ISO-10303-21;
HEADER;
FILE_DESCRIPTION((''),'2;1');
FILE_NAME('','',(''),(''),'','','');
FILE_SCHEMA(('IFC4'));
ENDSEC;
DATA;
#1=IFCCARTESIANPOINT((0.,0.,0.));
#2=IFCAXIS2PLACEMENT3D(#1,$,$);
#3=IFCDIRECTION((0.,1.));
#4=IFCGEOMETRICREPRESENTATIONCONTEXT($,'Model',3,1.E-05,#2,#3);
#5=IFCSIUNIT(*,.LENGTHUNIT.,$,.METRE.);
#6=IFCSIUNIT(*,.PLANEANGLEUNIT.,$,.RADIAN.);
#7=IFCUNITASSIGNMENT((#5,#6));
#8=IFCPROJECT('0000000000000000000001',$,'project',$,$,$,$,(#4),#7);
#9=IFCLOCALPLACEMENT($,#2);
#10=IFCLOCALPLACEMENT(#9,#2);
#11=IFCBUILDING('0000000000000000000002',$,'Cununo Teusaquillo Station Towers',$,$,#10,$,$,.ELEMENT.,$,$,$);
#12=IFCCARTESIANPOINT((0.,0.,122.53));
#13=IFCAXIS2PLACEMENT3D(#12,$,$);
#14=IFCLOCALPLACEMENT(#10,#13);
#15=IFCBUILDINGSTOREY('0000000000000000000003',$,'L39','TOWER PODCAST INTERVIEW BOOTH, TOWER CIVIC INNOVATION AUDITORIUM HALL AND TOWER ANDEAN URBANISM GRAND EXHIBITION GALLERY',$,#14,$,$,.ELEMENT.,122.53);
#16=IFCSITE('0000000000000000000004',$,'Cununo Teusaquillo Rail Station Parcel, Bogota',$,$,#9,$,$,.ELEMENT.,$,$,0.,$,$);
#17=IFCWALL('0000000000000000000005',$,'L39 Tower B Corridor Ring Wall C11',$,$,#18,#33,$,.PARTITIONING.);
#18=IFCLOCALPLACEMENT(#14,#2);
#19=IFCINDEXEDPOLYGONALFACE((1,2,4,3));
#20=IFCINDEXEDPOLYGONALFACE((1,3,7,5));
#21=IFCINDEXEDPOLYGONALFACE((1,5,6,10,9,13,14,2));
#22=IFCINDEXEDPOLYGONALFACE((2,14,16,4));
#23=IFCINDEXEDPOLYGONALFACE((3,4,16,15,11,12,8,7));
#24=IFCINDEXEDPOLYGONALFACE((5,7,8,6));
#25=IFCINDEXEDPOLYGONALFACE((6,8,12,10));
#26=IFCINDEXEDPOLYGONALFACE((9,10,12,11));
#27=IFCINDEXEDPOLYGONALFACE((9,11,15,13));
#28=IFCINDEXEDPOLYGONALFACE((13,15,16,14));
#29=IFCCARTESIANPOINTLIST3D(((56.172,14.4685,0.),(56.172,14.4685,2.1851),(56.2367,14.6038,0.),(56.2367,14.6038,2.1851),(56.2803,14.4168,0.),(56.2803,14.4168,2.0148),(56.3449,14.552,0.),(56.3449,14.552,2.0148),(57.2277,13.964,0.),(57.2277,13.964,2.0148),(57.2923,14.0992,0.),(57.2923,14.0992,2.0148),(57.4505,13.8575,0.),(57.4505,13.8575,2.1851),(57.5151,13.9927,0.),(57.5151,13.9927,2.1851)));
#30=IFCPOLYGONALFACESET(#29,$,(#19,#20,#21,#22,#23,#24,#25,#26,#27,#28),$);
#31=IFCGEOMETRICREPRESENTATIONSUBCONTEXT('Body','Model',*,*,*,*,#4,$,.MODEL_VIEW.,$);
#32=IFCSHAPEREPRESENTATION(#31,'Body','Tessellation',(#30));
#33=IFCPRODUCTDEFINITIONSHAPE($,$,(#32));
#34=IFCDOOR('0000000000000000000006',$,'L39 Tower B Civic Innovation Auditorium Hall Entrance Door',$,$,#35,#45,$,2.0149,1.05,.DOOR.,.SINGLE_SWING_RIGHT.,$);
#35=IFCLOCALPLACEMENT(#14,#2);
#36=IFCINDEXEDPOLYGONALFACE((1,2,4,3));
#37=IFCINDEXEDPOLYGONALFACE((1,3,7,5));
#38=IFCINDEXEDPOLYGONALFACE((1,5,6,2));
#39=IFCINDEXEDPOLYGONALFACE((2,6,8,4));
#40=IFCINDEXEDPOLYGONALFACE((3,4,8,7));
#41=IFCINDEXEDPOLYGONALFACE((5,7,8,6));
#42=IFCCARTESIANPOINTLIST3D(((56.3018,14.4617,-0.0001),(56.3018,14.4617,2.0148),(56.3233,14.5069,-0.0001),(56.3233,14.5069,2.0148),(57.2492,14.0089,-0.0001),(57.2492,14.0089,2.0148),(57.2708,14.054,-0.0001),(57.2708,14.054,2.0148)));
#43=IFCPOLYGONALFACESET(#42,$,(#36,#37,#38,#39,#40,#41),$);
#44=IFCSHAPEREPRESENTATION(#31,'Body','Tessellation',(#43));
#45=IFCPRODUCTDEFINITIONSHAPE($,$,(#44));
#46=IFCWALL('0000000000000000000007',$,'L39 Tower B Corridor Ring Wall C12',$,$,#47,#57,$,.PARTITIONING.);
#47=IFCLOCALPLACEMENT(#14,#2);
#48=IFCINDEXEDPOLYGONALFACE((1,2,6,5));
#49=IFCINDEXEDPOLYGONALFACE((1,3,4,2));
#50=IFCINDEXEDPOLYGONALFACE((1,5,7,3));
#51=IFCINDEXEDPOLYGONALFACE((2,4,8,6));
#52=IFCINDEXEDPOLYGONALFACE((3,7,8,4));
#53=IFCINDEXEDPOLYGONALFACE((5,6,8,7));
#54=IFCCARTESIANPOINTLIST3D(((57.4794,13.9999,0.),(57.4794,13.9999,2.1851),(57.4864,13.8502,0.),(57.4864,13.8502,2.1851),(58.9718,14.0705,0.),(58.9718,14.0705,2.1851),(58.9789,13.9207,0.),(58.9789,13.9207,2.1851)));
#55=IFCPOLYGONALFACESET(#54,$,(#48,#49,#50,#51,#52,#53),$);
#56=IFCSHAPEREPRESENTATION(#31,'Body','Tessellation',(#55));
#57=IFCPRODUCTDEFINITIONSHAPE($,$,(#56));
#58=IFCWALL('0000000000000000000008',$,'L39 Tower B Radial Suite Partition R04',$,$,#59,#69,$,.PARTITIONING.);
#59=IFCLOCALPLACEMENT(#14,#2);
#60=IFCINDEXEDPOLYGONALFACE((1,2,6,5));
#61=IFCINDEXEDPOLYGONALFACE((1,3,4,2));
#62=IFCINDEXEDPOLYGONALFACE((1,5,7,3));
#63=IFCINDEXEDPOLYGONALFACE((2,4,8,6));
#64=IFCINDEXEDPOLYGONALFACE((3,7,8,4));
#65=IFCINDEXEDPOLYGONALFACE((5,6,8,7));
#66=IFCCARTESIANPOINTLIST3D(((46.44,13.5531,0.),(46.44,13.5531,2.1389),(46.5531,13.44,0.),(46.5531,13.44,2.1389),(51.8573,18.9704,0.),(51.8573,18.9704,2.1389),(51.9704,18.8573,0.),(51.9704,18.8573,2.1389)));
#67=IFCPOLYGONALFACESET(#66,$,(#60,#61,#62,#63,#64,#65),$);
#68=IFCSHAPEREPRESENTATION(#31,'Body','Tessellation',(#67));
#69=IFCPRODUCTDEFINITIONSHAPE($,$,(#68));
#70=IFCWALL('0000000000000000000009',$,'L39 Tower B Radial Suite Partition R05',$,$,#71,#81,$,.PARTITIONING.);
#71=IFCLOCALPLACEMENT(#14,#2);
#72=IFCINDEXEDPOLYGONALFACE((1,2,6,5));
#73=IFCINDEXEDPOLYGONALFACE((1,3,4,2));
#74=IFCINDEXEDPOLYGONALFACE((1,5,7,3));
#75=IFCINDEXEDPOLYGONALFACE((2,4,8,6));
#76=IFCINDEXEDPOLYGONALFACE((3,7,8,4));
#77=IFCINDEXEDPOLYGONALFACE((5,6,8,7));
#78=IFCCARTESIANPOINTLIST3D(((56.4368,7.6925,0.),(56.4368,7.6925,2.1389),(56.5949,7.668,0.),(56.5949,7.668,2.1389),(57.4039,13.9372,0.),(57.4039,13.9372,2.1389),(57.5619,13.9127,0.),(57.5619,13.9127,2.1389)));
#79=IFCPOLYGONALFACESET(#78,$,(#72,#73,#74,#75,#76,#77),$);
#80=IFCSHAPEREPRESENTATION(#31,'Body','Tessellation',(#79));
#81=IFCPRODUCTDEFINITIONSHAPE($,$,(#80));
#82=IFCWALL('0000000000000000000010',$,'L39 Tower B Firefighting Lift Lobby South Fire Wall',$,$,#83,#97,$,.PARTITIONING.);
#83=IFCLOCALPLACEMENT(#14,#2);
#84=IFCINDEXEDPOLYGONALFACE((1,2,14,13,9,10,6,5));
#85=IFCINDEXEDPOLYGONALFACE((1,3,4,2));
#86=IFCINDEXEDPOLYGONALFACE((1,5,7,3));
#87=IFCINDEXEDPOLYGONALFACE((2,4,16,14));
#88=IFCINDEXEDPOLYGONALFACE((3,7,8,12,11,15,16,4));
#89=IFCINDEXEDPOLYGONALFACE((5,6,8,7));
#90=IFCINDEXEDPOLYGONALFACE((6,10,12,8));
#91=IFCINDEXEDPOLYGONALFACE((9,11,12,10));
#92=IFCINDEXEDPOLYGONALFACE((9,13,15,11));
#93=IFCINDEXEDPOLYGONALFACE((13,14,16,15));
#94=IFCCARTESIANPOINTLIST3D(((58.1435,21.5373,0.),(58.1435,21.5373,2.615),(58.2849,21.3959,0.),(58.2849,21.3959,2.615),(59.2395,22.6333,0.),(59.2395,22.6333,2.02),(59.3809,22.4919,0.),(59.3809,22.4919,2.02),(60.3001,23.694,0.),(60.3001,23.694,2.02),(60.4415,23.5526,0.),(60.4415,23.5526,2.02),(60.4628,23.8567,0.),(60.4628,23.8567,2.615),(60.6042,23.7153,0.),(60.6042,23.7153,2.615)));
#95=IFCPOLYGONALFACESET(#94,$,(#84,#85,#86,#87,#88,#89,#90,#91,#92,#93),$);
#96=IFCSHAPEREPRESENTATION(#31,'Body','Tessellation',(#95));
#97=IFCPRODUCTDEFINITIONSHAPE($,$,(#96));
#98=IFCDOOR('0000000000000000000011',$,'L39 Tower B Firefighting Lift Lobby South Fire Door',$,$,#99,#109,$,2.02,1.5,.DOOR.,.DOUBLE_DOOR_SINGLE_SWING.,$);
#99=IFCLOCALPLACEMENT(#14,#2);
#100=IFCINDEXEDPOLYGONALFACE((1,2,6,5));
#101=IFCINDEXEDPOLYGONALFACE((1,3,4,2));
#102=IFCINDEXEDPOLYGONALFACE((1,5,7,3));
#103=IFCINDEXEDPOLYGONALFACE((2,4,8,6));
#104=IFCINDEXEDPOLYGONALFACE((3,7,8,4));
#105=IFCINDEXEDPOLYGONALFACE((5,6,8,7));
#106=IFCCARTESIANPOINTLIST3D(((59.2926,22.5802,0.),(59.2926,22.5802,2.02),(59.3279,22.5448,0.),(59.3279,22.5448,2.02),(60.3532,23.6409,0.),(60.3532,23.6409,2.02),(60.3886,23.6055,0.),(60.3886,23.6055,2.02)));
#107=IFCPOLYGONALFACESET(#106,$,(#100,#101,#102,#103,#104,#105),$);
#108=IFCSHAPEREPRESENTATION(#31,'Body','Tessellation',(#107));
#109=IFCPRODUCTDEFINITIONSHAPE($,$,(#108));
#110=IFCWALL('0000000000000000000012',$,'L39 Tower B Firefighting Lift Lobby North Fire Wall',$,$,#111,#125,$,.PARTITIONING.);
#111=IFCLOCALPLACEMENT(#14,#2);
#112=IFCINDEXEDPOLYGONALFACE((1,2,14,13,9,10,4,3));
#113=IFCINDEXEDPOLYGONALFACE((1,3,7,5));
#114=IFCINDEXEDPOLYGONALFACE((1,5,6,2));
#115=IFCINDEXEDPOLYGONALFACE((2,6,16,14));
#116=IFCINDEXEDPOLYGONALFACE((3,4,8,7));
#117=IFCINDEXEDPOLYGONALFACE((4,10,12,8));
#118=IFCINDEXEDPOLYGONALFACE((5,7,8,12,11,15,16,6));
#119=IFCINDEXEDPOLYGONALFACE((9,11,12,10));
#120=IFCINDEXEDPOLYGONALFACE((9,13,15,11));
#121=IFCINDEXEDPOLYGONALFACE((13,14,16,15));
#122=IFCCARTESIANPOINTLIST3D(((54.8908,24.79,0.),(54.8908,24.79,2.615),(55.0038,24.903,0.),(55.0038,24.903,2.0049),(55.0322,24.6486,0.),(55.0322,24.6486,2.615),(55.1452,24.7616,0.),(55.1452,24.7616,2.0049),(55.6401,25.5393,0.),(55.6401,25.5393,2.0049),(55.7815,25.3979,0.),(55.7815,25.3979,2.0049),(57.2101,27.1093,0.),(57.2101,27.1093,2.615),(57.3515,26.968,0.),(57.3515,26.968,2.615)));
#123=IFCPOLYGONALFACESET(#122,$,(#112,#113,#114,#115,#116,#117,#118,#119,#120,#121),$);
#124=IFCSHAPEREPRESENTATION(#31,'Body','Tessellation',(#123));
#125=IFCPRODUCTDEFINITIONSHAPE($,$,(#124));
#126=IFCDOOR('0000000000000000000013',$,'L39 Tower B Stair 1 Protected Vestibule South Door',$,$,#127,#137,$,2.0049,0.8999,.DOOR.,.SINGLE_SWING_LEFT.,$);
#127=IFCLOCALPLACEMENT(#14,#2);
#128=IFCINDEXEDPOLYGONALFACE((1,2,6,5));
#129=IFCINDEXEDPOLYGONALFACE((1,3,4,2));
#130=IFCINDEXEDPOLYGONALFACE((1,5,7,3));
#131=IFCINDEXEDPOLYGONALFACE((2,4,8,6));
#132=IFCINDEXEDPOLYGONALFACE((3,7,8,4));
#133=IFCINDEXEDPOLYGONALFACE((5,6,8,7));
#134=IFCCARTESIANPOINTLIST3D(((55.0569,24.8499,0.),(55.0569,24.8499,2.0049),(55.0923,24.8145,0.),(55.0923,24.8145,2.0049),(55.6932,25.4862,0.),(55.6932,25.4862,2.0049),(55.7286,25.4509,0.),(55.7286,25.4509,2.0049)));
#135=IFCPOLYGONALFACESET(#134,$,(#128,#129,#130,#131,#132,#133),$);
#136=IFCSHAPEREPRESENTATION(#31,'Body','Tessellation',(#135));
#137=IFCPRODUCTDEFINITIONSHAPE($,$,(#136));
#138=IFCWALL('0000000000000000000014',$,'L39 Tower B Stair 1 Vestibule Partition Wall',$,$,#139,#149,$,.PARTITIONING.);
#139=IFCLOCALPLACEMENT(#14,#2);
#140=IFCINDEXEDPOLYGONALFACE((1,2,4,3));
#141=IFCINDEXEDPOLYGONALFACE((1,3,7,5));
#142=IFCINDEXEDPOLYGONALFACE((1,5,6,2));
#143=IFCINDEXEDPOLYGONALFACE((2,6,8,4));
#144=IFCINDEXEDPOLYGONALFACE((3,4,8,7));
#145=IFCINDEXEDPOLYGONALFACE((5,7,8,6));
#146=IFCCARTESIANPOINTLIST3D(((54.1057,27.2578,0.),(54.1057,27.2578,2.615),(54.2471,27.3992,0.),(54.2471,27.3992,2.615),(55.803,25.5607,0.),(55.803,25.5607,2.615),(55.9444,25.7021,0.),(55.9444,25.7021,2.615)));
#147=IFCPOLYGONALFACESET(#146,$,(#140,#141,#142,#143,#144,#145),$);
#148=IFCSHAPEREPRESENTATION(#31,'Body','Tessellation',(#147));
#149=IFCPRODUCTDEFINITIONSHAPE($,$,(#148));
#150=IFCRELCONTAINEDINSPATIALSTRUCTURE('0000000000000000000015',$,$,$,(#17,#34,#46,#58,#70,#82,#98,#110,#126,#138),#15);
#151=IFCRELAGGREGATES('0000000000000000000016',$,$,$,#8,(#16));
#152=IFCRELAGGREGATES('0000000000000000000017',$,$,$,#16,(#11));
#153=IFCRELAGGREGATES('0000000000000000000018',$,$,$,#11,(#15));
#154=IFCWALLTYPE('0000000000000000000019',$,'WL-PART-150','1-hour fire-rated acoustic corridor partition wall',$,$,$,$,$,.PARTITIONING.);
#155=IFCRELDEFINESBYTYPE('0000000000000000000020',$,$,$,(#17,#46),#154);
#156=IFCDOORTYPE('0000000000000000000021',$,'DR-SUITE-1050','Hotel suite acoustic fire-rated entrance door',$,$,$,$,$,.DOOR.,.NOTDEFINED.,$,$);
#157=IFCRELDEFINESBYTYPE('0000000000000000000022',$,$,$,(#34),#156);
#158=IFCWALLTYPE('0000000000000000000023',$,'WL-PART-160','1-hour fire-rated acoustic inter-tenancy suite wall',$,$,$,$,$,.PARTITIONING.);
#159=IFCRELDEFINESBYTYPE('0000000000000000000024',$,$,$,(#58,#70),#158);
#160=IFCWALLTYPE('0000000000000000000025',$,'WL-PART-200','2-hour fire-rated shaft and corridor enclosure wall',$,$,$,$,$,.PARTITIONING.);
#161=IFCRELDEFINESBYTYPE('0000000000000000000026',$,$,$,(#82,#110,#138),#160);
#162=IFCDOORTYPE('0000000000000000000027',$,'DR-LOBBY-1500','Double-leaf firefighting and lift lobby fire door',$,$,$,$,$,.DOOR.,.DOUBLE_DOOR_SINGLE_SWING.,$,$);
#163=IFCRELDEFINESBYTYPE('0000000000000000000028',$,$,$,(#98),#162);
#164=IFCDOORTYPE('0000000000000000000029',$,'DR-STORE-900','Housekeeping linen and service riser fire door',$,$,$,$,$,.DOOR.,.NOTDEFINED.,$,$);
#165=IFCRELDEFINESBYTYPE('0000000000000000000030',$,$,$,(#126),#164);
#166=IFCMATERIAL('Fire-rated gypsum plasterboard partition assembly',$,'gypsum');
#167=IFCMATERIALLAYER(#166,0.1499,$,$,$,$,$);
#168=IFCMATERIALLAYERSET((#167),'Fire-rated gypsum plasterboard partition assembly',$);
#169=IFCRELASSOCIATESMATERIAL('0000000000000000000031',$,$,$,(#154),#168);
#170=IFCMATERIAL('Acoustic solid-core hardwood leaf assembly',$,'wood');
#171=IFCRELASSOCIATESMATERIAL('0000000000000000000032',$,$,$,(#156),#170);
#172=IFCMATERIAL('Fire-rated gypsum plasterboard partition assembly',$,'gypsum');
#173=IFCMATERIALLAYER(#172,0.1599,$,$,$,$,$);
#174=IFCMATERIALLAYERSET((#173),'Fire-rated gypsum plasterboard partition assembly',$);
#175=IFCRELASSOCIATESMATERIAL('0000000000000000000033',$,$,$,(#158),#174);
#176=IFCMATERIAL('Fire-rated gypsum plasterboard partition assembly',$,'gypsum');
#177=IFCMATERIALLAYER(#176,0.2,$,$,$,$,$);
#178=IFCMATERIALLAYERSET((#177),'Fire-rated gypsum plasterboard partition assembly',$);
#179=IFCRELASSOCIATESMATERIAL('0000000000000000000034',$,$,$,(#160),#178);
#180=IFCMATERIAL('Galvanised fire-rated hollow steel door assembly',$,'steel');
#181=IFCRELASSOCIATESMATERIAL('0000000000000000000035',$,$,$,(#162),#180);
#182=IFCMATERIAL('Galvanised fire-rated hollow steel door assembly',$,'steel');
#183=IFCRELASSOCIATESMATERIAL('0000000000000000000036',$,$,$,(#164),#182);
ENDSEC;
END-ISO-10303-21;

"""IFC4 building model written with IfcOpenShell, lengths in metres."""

from ifc_helpers import new_model, si_unit, direction, frame, frame_2d, origin, place, context, subcontext, project, spatial, rectangle, extrude, source, transform, mapped, material, layer, layer_set, type_object, element, fill, save


model = new_model("IFC4")

# Units and contexts
model_context = context("Model", 3, precision=1e-05, world=origin(), true_north=direction((0.0, 1.0)))
body_context = subcontext(model_context, "Body", "Model", "MODEL_VIEW")
ifc_project = project(units=[si_unit("LENGTHUNIT", "METRE"), si_unit("PLANEANGLEUNIT", "RADIAN")], contexts=[model_context])

# Site, building, storey
site_placement = place(None, origin())
site = spatial("IfcSite", under=ifc_project, at=site_placement, Name="Cununo Teusaquillo Rail Station Parcel, Bogota", CompositionType="ELEMENT", RefElevation=0.0)
building_placement = place(site_placement, origin())
building = spatial("IfcBuilding", under=site, at=building_placement, Name="Cununo Teusaquillo Station Towers", CompositionType="ELEMENT")
storey_placement = place(building_placement, frame((0.0, 0.0, 122.53)))
storey = spatial("IfcBuildingStorey", under=building, at=storey_placement, Name="L39", Description="TOWER PODCAST INTERVIEW BOOTH, TOWER CIVIC INNOVATION AUDITORIUM HALL AND TOWER ANDEAN URBANISM GRAND EXHIBITION GALLERY", CompositionType="ELEMENT", Elevation=122.53)

# Shared definitions
ifc_material_1 = material(Name="Fire-rated gypsum plasterboard partition assembly", Category="gypsum")
ifc_layer_1 = layer(ifc_material_1, 0.1499)
ifc_layer_set_1 = layer_set([ifc_layer_1], Name="Fire-rated gypsum plasterboard partition assembly")
wall_type_1 = type_object("IfcWallType", Name="WL-PART-150", Description="1-hour fire-rated acoustic corridor partition wall", PredefinedType="PARTITIONING", material=ifc_layer_set_1)

# Wall, opening, door
wall_1_placement = place(storey_placement, frame((56.2043, 14.5361, 0.0), z_axis=(0.0, 0.0, 1.0), x_axis=(0.902245, -0.431224, 0.0)))
wall_1 = element("IfcWall", 1, at=wall_1_placement, inside=storey, type_object=wall_type_1, Name="L39 Tower B Corridor Ring Wall C11", PredefinedType="PARTITIONING", context=body_context, shape_type="SweptSolid", body=[
    extrude(rectangle(XDim=1.417, YDim=0.1499, at=frame_2d((0.7085, 0.0))), origin(), (0.0, 0.0, 1.0), 2.1851),
])
shared_shape_1 = source(origin(), body_context, "Body", "SweptSolid", [
    extrude(rectangle(XDim=1.05, YDim=2.0149, at=frame_2d((0.5249, 1.0073))), frame((0.0, 0.085, 0.0), z_axis=(0.0, -1.0, 0.0), x_axis=(1.0, 0.0, 0.0)), (0.0, 0.0, 1.0), 0.1699),
])
opening_1_placement = place(wall_1_placement, frame((0.1201, 0.0, 0.0)))
opening_1 = element("IfcOpeningElement", 2, at=opening_1_placement, cuts=wall_1, PredefinedType="OPENING", context=body_context, shape_type="MappedRepresentation", body=[
    mapped(shared_shape_1, transform((0.0, 0.0, 0.0), x_axis=(1.0, 0.0, 0.0), y_axis=(0.0, 1.0, 0.0), z_axis=(0.0, 0.0, 1.0), scale=1.0)),
])
ifc_material_2 = material(Name="Acoustic solid-core hardwood leaf assembly", Category="wood")
door_type_1 = type_object("IfcDoorType", Name="DR-SUITE-1050", Description="Hotel suite acoustic fire-rated entrance door", OperationType="NOTDEFINED", PredefinedType="DOOR", material=ifc_material_2)
shared_shape_2 = source(origin(), body_context, "Body", "SweptSolid", [
    extrude(rectangle(XDim=1.05, YDim=2.0149, at=frame_2d((0.5249, 1.0073))), frame((0.0, 0.0249, 0.0), z_axis=(0.0, -1.0, 0.0), x_axis=(1.0, 0.0, 0.0)), (0.0, 0.0, 1.0), 0.05),
])
door_1_placement = place(opening_1_placement, origin())
door_1 = element("IfcDoor", 3, at=door_1_placement, inside=storey, type_object=door_type_1, Name="L39 Tower B Civic Innovation Auditorium Hall Entrance Door", OperationType="SINGLE_SWING_RIGHT", OverallHeight=2.0149, OverallWidth=1.05, PredefinedType="DOOR", context=body_context, shape_type="MappedRepresentation", body=[
    mapped(shared_shape_2, transform((0.0, 0.0, 0.0), x_axis=(1.0, 0.0, 0.0), y_axis=(0.0, 1.0, 0.0), z_axis=(0.0, 0.0, 1.0), scale=1.0)),
])
fill(opening_1, door_1)

# Walls
wall_2_placement = place(storey_placement, frame((57.4829, 13.925, 0.0), z_axis=(0.0, 0.0, 1.0), x_axis=(0.998884, 0.047224, 0.0)))
element("IfcWall", 4, at=wall_2_placement, inside=storey, type_object=wall_type_1, Name="L39 Tower B Corridor Ring Wall C12", PredefinedType="PARTITIONING", context=body_context, shape_type="SweptSolid", body=[
    extrude(rectangle(XDim=1.4941, YDim=0.1499, at=frame_2d((0.7471, 0.0))), origin(), (0.0, 0.0, 1.0), 2.1851),
])
ifc_material_3 = material(Name="Fire-rated gypsum plasterboard partition assembly", Category="gypsum")
ifc_layer_2 = layer(ifc_material_3, 0.1599)
ifc_layer_set_2 = layer_set([ifc_layer_2], Name="Fire-rated gypsum plasterboard partition assembly")
wall_type_2 = type_object("IfcWallType", Name="WL-PART-160", Description="1-hour fire-rated acoustic inter-tenancy suite wall", PredefinedType="PARTITIONING", material=ifc_layer_set_2)
wall_3_placement = place(storey_placement, frame((51.9138, 18.9138, 0.0), z_axis=(0.0, 0.0, 1.0), x_axis=(-0.707107, -0.707107, 0.0)))
element("IfcWall", 5, at=wall_3_placement, inside=storey, type_object=wall_type_2, Name="L39 Tower B Radial Suite Partition R04", PredefinedType="PARTITIONING", context=body_context, shape_type="SweptSolid", body=[
    extrude(rectangle(XDim=7.6611, YDim=0.1599, at=frame_2d((3.8306, 0.0))), origin(), (0.0, 0.0, 1.0), 2.1389),
])
wall_4_placement = place(storey_placement, frame((57.4829, 13.925, 0.0), z_axis=(0.0, 0.0, 1.0), x_axis=(-0.153036, -0.988221, 0.0)))
element("IfcWall", 6, at=wall_4_placement, inside=storey, type_object=wall_type_2, Name="L39 Tower B Radial Suite Partition R05", PredefinedType="PARTITIONING", context=body_context, shape_type="SweptSolid", body=[
    extrude(rectangle(XDim=6.3191, YDim=0.1599, at=frame_2d((3.1597, 0.0))), origin(), (0.0, 0.0, 1.0), 2.1389),
])

# Walls, openings, doors
ifc_material_4 = material(Name="Fire-rated gypsum plasterboard partition assembly", Category="gypsum")
ifc_layer_3 = layer(ifc_material_4, 0.2)
ifc_layer_set_3 = layer_set([ifc_layer_3], Name="Fire-rated gypsum plasterboard partition assembly")
wall_type_3 = type_object("IfcWallType", Name="WL-PART-200", Description="2-hour fire-rated shaft and corridor enclosure wall", PredefinedType="PARTITIONING", material=ifc_layer_set_3)
wall_5_placement = place(storey_placement, frame((58.2141, 21.4666, 0.0), z_axis=(0.0, 0.0, 1.0), x_axis=(0.707107, 0.707107, 0.0)))
wall_5 = element("IfcWall", 7, at=wall_5_placement, inside=storey, type_object=wall_type_3, Name="L39 Tower B Firefighting Lift Lobby South Fire Wall", PredefinedType="PARTITIONING", context=body_context, shape_type="SweptSolid", body=[
    extrude(rectangle(XDim=3.28, YDim=0.2, at=frame_2d((1.6401, 0.0))), origin(), (0.0, 0.0, 1.0), 2.615),
])
shared_shape_3 = source(origin(), body_context, "Body", "SweptSolid", [
    extrude(rectangle(XDim=1.5, YDim=2.02, at=frame_2d((0.75, 1.01))), frame((0.0, 0.1099, 0.0), z_axis=(0.0, -1.0, 0.0), x_axis=(1.0, 0.0, 0.0)), (0.0, 0.0, 1.0), 0.22),
])
opening_2_placement = place(wall_5_placement, frame((1.55, 0.0, 0.0)))
opening_2 = element("IfcOpeningElement", 8, at=opening_2_placement, cuts=wall_5, PredefinedType="OPENING", context=body_context, shape_type="MappedRepresentation", body=[
    mapped(shared_shape_3, transform((0.0, 0.0, 0.0), x_axis=(1.0, 0.0, 0.0), y_axis=(0.0, 1.0, 0.0), z_axis=(0.0, 0.0, 1.0), scale=1.0)),
])
ifc_material_5 = material(Name="Galvanised fire-rated hollow steel door assembly", Category="steel")
door_type_2 = type_object("IfcDoorType", Name="DR-LOBBY-1500", Description="Double-leaf firefighting and lift lobby fire door", OperationType="DOUBLE_DOOR_SINGLE_SWING", PredefinedType="DOOR", material=ifc_material_5)
shared_shape_4 = source(origin(), body_context, "Body", "SweptSolid", [
    extrude(rectangle(XDim=1.5, YDim=2.02, at=frame_2d((0.75, 1.01))), frame((0.0, 0.0249, 0.0), z_axis=(0.0, -1.0, 0.0), x_axis=(1.0, 0.0, 0.0)), (0.0, 0.0, 1.0), 0.05),
])
door_2_placement = place(opening_2_placement, origin())
door_2 = element("IfcDoor", 9, at=door_2_placement, inside=storey, type_object=door_type_2, Name="L39 Tower B Firefighting Lift Lobby South Fire Door", OperationType="DOUBLE_DOOR_SINGLE_SWING", OverallHeight=2.02, OverallWidth=1.5, PredefinedType="DOOR", context=body_context, shape_type="MappedRepresentation", body=[
    mapped(shared_shape_4, transform((0.0, 0.0, 0.0), x_axis=(1.0, 0.0, 0.0), y_axis=(0.0, 1.0, 0.0), z_axis=(0.0, 0.0, 1.0), scale=1.0)),
])
fill(opening_2, door_2)
wall_6_placement = place(storey_placement, frame((54.9614, 24.7192, 0.0), z_axis=(0.0, 0.0, 1.0), x_axis=(0.707107, 0.707107, 0.0)))
wall_6 = element("IfcWall", 10, at=wall_6_placement, inside=storey, type_object=wall_type_3, Name="L39 Tower B Firefighting Lift Lobby North Fire Wall", PredefinedType="PARTITIONING", context=body_context, shape_type="SweptSolid", body=[
    extrude(rectangle(XDim=3.28, YDim=0.2, at=frame_2d((1.6401, 0.0))), origin(), (0.0, 0.0, 1.0), 2.615),
])
shared_shape_5 = source(origin(), body_context, "Body", "SweptSolid", [
    extrude(rectangle(XDim=0.8999, YDim=2.0049, at=frame_2d((0.45, 1.0024))), frame((0.0, 0.1099, 0.0), z_axis=(0.0, -1.0, 0.0), x_axis=(1.0, 0.0, 0.0)), (0.0, 0.0, 1.0), 0.22),
])
opening_3_placement = place(wall_6_placement, frame((0.1599, 0.0, 0.0)))
opening_3 = element("IfcOpeningElement", 11, at=opening_3_placement, cuts=wall_6, PredefinedType="OPENING", context=body_context, shape_type="MappedRepresentation", body=[
    mapped(shared_shape_5, transform((0.0, 0.0, 0.0), x_axis=(1.0, 0.0, 0.0), y_axis=(0.0, 1.0, 0.0), z_axis=(0.0, 0.0, 1.0), scale=1.0)),
])
ifc_material_6 = material(Name="Galvanised fire-rated hollow steel door assembly", Category="steel")
door_type_3 = type_object("IfcDoorType", Name="DR-STORE-900", Description="Housekeeping linen and service riser fire door", OperationType="NOTDEFINED", PredefinedType="DOOR", material=ifc_material_6)
shared_shape_6 = source(origin(), body_context, "Body", "SweptSolid", [
    extrude(rectangle(XDim=0.8999, YDim=2.0049, at=frame_2d((0.45, 1.0024))), frame((0.0, 0.0249, 0.0), z_axis=(0.0, -1.0, 0.0), x_axis=(1.0, 0.0, 0.0)), (0.0, 0.0, 1.0), 0.05),
])
door_3_placement = place(opening_3_placement, origin())
door_3 = element("IfcDoor", 12, at=door_3_placement, inside=storey, type_object=door_type_3, Name="L39 Tower B Stair 1 Protected Vestibule South Door", OperationType="SINGLE_SWING_LEFT", OverallHeight=2.0049, OverallWidth=0.8999, PredefinedType="DOOR", context=body_context, shape_type="MappedRepresentation", body=[
    mapped(shared_shape_6, transform((0.0, 0.0, 0.0), x_axis=(1.0, 0.0, 0.0), y_axis=(0.0, 1.0, 0.0), z_axis=(0.0, 0.0, 1.0), scale=1.0)),
])
fill(opening_3, door_3)

# Wall
wall_7_placement = place(storey_placement, frame((55.8738, 25.6313, 0.0), z_axis=(0.0, 0.0, 1.0), x_axis=(-0.707158, 0.707056, 0.0)))
element("IfcWall", 13, at=wall_7_placement, inside=storey, type_object=wall_type_3, Name="L39 Tower B Stair 1 Vestibule Partition Wall", PredefinedType="PARTITIONING", context=body_context, shape_type="SweptSolid", body=[
    extrude(rectangle(XDim=2.4001, YDim=0.2, at=frame_2d((1.2002, 0.0))), origin(), (0.0, 0.0, 1.0), 2.615),
])

save(model, "model.ifc")
